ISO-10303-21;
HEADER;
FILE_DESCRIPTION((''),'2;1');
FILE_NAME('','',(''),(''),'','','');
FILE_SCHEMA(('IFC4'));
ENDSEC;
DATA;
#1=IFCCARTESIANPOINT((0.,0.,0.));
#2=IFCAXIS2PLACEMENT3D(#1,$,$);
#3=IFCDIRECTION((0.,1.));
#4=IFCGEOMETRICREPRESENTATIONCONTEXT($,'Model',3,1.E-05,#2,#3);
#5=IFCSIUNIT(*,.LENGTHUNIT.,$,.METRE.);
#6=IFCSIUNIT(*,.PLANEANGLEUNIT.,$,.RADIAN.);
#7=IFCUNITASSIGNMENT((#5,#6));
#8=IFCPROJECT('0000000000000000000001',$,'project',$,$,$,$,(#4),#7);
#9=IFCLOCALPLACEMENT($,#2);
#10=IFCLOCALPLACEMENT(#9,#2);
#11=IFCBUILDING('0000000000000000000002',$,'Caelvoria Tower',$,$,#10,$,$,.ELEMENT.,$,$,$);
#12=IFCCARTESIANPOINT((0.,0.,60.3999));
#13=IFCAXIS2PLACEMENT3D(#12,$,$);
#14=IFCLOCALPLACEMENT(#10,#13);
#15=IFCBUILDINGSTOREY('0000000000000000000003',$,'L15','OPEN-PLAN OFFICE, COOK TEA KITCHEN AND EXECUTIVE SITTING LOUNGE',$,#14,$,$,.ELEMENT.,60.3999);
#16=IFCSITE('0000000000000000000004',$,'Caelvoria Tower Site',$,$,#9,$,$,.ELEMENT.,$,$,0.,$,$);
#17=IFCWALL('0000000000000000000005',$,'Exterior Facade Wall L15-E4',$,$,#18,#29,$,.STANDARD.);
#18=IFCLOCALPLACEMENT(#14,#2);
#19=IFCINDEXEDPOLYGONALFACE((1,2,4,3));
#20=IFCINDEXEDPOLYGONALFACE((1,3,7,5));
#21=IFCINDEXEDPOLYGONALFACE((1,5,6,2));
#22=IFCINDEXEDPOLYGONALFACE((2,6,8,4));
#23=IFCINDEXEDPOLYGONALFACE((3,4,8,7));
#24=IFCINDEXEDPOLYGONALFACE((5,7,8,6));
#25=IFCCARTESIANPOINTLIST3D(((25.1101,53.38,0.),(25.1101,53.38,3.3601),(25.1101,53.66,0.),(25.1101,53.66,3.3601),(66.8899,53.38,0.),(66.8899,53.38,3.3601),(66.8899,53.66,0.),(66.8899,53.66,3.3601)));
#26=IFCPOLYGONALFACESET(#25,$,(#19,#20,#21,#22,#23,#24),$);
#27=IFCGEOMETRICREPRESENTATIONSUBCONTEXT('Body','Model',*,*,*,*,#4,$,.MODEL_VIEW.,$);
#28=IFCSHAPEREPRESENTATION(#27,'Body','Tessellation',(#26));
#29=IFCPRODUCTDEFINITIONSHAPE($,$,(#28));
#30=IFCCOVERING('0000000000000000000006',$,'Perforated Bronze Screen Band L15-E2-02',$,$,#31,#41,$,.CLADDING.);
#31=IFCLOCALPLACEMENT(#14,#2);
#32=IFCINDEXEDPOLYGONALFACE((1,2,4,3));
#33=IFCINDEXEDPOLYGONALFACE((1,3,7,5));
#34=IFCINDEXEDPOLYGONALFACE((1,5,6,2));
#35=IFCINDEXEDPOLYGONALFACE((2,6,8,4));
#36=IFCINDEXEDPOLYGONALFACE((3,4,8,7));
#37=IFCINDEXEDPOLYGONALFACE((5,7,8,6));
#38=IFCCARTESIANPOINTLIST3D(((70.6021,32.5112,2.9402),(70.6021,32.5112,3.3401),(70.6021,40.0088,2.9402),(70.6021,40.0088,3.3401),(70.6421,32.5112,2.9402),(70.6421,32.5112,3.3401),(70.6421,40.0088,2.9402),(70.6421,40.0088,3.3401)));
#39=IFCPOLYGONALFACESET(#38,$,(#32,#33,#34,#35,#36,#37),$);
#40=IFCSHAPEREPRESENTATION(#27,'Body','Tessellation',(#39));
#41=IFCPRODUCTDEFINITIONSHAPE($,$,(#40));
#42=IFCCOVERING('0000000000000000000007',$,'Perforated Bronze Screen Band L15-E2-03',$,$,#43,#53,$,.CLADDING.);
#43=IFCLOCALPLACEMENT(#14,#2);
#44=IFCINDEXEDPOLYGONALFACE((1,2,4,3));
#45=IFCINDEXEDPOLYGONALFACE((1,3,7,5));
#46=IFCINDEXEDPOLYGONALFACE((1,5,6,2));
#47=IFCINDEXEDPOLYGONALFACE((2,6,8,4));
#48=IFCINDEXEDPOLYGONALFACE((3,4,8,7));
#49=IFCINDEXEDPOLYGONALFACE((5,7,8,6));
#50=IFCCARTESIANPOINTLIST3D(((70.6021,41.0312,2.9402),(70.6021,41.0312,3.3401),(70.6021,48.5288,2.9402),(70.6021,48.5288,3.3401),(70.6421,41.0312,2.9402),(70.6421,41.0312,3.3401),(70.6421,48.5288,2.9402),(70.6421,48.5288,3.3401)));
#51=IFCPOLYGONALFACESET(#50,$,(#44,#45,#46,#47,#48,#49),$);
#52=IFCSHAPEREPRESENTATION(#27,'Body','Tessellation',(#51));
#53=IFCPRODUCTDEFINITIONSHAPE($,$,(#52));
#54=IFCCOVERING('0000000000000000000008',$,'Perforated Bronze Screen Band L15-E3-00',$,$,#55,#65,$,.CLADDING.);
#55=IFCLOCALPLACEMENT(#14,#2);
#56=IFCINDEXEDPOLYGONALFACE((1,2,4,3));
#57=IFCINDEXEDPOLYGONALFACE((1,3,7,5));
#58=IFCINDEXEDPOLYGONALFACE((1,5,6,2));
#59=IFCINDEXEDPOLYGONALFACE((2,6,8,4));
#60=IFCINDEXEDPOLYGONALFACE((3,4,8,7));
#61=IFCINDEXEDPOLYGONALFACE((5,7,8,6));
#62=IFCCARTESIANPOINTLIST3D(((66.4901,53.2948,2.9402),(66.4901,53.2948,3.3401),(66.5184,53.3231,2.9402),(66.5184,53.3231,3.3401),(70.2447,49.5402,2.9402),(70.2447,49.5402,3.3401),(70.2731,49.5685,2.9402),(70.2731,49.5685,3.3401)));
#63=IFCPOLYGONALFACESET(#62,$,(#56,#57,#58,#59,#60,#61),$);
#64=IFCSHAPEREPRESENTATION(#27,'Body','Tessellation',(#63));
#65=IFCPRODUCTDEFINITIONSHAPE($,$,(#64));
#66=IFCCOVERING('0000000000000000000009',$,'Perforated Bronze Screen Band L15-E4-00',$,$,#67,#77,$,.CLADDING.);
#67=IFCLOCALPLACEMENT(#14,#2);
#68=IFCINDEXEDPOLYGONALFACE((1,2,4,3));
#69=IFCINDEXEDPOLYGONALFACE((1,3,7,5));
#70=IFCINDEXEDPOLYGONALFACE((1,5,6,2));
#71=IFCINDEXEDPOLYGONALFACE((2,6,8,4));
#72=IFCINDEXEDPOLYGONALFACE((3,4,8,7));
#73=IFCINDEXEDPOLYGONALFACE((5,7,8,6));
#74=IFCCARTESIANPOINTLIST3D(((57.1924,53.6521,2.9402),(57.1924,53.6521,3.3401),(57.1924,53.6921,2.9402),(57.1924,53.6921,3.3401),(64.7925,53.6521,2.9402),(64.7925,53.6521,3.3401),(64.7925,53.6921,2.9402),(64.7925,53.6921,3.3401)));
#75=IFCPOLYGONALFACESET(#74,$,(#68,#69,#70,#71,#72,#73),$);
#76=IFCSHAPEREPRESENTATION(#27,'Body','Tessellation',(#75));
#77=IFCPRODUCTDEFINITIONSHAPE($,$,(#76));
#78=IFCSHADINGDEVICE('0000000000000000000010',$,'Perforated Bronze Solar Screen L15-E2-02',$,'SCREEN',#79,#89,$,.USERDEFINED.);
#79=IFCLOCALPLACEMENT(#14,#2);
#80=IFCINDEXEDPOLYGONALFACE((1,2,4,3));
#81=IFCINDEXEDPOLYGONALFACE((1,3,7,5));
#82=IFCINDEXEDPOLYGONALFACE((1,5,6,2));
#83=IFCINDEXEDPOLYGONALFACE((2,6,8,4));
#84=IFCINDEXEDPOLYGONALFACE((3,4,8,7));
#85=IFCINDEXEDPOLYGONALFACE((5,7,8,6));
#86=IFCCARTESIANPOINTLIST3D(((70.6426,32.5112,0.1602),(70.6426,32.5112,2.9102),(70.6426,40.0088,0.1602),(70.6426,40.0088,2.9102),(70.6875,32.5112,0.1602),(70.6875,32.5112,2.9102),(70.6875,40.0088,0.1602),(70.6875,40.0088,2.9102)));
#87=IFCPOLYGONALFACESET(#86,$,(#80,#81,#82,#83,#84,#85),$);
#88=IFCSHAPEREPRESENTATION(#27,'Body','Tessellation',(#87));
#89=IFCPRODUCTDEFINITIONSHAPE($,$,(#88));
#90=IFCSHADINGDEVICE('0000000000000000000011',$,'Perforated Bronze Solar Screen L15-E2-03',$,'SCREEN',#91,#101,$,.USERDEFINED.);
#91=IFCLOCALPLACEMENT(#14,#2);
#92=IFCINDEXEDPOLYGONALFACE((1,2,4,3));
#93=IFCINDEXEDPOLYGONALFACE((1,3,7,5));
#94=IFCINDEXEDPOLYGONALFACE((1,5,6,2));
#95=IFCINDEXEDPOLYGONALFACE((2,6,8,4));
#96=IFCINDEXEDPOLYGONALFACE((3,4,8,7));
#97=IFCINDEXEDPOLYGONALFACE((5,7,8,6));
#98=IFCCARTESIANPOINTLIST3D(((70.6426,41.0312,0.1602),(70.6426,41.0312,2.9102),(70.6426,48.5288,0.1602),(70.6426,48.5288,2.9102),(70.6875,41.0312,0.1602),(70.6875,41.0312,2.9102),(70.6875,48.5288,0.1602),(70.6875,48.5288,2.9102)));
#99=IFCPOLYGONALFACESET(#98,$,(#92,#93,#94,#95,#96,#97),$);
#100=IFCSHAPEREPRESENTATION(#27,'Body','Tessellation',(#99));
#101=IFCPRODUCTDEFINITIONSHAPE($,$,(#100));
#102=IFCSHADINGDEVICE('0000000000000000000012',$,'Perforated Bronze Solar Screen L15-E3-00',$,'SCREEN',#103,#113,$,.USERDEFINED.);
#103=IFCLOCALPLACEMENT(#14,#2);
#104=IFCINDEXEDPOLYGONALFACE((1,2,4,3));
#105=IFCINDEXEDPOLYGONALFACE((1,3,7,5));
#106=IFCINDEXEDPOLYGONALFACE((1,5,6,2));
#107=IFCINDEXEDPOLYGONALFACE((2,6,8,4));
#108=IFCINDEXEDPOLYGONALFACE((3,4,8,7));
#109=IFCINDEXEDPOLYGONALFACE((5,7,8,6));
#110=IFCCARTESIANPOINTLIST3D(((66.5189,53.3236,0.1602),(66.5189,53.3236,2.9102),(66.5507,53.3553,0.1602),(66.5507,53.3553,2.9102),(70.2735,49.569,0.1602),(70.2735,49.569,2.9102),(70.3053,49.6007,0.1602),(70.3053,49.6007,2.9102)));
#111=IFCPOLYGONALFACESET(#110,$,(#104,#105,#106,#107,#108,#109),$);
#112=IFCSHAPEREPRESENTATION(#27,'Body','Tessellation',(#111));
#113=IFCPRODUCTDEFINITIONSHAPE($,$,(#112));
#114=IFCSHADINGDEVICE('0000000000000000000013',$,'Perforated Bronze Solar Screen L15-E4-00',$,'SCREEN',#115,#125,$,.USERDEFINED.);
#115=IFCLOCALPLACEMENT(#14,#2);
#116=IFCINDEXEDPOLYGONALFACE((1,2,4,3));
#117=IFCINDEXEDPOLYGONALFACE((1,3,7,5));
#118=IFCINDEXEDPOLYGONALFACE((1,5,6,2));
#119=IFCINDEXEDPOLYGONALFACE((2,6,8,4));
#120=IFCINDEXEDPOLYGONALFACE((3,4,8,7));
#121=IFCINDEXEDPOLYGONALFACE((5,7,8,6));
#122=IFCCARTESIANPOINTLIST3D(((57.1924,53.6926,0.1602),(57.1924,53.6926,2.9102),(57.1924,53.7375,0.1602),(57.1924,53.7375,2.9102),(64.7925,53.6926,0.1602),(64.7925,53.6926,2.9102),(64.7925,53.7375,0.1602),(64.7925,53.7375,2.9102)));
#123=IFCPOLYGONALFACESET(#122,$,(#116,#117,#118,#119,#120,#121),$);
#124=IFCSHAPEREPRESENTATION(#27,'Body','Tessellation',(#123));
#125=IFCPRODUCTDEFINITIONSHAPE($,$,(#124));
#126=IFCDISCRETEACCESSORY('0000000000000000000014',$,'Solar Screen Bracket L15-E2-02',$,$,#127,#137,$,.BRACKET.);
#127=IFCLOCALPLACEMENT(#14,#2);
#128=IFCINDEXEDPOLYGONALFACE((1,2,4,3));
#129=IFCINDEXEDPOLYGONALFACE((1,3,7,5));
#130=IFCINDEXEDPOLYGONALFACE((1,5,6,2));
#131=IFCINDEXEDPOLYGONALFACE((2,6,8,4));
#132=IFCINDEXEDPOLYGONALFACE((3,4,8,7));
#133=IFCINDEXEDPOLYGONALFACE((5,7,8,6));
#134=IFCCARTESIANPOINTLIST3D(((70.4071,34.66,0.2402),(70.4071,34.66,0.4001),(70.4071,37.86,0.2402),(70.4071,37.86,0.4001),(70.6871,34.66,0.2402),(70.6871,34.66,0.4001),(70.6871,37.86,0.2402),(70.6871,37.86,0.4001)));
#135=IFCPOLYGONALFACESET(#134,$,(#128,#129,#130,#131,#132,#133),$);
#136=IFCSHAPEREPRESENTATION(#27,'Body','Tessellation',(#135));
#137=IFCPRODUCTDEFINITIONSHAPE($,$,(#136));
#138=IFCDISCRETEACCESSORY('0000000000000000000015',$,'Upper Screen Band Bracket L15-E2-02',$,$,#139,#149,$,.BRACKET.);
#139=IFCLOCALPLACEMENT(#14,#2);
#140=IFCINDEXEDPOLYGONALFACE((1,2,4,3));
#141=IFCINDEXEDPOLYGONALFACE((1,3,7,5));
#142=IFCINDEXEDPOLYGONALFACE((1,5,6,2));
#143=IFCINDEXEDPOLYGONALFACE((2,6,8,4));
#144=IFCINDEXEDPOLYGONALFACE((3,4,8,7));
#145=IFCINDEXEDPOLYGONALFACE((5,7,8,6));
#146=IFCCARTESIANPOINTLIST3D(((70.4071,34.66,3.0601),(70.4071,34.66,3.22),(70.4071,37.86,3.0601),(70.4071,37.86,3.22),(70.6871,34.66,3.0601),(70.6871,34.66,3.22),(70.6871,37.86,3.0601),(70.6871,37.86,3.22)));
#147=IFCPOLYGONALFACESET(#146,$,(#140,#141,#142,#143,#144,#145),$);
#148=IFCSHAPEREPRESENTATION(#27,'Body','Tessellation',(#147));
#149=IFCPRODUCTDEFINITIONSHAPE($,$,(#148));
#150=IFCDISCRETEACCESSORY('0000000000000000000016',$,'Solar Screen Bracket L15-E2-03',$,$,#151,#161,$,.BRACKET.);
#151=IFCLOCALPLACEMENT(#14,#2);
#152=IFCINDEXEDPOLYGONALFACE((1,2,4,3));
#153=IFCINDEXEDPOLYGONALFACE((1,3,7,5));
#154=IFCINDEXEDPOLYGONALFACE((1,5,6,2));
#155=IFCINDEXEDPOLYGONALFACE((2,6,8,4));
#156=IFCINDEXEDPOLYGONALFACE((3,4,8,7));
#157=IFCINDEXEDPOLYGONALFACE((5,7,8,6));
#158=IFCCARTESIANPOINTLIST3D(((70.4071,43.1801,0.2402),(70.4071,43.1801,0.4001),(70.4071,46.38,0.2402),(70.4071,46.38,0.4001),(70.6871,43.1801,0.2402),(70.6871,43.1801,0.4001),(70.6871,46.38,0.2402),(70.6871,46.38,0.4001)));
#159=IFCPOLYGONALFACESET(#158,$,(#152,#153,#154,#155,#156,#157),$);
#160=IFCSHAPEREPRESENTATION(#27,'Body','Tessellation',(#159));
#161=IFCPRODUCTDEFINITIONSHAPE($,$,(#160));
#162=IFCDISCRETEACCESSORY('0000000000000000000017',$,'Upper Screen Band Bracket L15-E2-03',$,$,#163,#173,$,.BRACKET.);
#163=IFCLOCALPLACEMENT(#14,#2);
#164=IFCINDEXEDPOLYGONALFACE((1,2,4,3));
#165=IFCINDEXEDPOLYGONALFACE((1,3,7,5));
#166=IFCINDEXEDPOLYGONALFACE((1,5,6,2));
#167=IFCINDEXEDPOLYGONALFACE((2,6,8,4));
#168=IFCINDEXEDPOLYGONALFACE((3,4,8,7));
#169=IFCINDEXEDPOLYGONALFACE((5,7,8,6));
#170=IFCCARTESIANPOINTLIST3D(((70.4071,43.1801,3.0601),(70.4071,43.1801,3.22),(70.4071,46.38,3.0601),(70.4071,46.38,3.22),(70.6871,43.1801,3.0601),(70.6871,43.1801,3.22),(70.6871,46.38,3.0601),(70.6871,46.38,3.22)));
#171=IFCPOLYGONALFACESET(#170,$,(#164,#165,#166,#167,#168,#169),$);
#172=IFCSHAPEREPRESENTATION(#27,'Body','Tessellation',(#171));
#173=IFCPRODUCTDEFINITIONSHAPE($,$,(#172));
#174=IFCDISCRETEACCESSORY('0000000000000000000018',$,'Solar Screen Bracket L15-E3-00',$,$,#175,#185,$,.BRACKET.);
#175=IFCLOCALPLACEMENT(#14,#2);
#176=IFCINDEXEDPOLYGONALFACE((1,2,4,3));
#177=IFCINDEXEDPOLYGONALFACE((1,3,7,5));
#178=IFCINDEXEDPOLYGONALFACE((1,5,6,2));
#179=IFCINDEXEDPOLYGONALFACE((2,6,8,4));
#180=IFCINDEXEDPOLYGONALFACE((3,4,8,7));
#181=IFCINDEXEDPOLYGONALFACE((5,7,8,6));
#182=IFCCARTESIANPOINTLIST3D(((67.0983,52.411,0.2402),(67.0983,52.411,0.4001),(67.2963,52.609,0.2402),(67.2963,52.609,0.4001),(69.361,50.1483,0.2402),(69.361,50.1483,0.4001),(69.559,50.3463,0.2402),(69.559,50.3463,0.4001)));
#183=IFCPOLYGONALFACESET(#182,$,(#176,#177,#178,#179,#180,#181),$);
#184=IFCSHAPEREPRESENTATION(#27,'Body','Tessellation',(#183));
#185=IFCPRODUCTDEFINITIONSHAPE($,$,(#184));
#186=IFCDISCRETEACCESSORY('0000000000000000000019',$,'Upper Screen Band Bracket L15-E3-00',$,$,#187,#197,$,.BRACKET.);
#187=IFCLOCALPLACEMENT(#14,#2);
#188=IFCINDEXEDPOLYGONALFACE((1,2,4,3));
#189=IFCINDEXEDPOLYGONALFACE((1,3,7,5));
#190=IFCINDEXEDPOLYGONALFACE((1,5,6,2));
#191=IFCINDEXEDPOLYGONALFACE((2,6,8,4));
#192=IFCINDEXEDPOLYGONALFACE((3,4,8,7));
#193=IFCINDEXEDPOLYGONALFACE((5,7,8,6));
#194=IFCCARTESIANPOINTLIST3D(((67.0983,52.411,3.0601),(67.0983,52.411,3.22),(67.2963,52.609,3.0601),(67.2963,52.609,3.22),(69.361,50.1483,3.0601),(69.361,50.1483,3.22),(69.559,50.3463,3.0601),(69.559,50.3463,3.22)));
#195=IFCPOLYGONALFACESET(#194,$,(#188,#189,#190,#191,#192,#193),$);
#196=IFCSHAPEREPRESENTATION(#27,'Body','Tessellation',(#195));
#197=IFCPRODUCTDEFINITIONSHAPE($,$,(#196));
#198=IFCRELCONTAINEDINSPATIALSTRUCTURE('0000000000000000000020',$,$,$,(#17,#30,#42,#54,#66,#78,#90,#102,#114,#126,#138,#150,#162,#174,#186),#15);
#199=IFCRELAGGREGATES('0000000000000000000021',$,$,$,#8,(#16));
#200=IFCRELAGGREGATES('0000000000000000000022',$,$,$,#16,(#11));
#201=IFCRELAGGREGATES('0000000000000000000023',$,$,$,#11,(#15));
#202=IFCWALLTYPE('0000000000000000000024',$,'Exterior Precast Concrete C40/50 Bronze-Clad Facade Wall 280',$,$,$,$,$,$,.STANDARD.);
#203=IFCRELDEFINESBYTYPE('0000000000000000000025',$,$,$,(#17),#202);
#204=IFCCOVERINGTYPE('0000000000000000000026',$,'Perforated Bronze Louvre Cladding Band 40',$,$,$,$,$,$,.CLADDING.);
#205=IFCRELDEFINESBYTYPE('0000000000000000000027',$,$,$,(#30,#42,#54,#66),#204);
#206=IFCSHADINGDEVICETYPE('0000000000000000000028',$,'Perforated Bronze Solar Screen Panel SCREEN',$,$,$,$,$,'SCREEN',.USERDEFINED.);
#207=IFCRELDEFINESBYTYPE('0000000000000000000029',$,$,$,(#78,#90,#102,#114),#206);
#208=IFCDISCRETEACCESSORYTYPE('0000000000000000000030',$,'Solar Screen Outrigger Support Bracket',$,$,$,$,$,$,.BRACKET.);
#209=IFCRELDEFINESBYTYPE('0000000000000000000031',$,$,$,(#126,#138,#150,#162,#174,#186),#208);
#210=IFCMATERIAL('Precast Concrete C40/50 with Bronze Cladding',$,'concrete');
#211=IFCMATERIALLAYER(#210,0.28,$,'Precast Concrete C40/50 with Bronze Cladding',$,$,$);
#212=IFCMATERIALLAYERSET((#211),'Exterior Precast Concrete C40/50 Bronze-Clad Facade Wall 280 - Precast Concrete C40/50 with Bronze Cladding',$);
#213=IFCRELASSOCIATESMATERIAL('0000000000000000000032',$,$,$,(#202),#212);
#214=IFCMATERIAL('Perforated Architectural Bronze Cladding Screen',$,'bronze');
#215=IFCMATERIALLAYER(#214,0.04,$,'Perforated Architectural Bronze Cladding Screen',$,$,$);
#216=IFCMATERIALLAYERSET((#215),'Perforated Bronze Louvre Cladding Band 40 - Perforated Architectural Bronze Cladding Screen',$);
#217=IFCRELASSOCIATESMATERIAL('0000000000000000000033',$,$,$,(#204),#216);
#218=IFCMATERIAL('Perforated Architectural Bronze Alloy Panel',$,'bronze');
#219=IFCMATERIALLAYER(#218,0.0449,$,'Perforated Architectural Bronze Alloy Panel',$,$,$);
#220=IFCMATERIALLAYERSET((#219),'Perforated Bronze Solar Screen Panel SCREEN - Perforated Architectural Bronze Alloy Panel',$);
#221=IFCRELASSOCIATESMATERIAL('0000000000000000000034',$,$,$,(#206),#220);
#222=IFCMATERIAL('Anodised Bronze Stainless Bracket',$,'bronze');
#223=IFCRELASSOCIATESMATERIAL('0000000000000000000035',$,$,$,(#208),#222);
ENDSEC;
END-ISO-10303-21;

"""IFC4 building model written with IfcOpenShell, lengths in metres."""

from ifc_helpers import new_model, si_unit, direction, frame, frame_2d, origin, origin_2d, place, context, subcontext, project, spatial, rectangle, extrude, material, layer, layer_set, type_object, element, save


model = new_model("IFC4")

# Units and contexts
model_context = context("Model", 3, precision=1e-05, world=origin(), true_north=direction((0.0, 1.0)))
body_context = subcontext(model_context, "Body", "Model", "MODEL_VIEW")
ifc_project = project(units=[si_unit("LENGTHUNIT", "METRE"), si_unit("PLANEANGLEUNIT", "RADIAN")], contexts=[model_context])

# Site, building, storey
site_placement = place(None, origin())
site = spatial("IfcSite", under=ifc_project, at=site_placement, Name="Caelvoria Tower Site", CompositionType="ELEMENT", RefElevation=0.0)
building_placement = place(site_placement, origin())
building = spatial("IfcBuilding", under=site, at=building_placement, Name="Caelvoria Tower", CompositionType="ELEMENT")
storey_placement = place(building_placement, frame((0.0, 0.0, 60.3999)))
storey = spatial("IfcBuildingStorey", under=building, at=storey_placement, Name="L15", Description="OPEN-PLAN OFFICE, COOK TEA KITCHEN AND EXECUTIVE SITTING LOUNGE", CompositionType="ELEMENT", Elevation=60.3999)

# Wall
ifc_material_1 = material(Name="Precast Concrete C40/50 with Bronze Cladding", Category="concrete")
ifc_layer_1 = layer(ifc_material_1, 0.28, Name="Precast Concrete C40/50 with Bronze Cladding")
ifc_layer_set_1 = layer_set([ifc_layer_1], Name="Exterior Precast Concrete C40/50 Bronze-Clad Facade Wall 280 - Precast Concrete C40/50 with Bronze Cladding")
wall_type = type_object("IfcWallType", Name="Exterior Precast Concrete C40/50 Bronze-Clad Facade Wall 280", PredefinedType="STANDARD", material=ifc_layer_set_1)
wall_1_placement = place(storey_placement, frame((66.8899, 53.52, 0.0), z_axis=(0.0, 0.0, 1.0), x_axis=(-1.0, 0.0, 0.0)))
element("IfcWall", 1, at=wall_1_placement, inside=storey, type_object=wall_type, Name="Exterior Facade Wall L15-E4", PredefinedType="STANDARD", context=body_context, shape_type="SweptSolid", body=[
    extrude(rectangle(XDim=41.7798, YDim=0.28, at=frame_2d((20.8899, 0.0))), origin(), (0.0, 0.0, 1.0), 3.3601),
])

# Coverings
ifc_material_2 = material(Name="Perforated Architectural Bronze Cladding Screen", Category="bronze")
ifc_layer_2 = layer(ifc_material_2, 0.04, Name="Perforated Architectural Bronze Cladding Screen")
ifc_layer_set_2 = layer_set([ifc_layer_2], Name="Perforated Bronze Louvre Cladding Band 40 - Perforated Architectural Bronze Cladding Screen")
covering_type = type_object("IfcCoveringType", Name="Perforated Bronze Louvre Cladding Band 40", PredefinedType="CLADDING", material=ifc_layer_set_2)
for number, where, z_axis, x_axis, name in (
    (2, (70.6221, 36.26, 2.9402), (0.0, 0.0, 1.0), (0.0, 1.0, 0.0), "Perforated Bronze Screen Band L15-E2-02"),
    (3, (70.6221, 44.78, 2.9402), (0.0, 0.0, 1.0), (0.0, 1.0, 0.0), "Perforated Bronze Screen Band L15-E2-03"),
):
    element("IfcCovering", number, at=place(storey_placement, frame(where, z_axis=z_axis, x_axis=x_axis)), inside=storey, type_object=covering_type, Name=name, PredefinedType="CLADDING", context=body_context, shape_type="SweptSolid", body=[
        extrude(rectangle(XDim=7.4976, YDim=0.04, at=origin_2d()), origin(), (0.0, 0.0, 1.0), 0.3999),
    ])
covering_1_placement = place(storey_placement, frame((68.3816, 51.4316, 2.9402), z_axis=(0.0, 0.0, 1.0), x_axis=(-0.707107, 0.707107, 0.0)))
element("IfcCovering", 4, at=covering_1_placement, inside=storey, type_object=covering_type, Name="Perforated Bronze Screen Band L15-E3-00", PredefinedType="CLADDING", context=body_context, shape_type="SweptSolid", body=[
    extrude(rectangle(XDim=5.3098, YDim=0.04, at=origin_2d()), origin(), (0.0, 0.0, 1.0), 0.3999),
])
covering_2_placement = place(storey_placement, frame((60.9924, 53.6721, 2.9402), z_axis=(0.0, 0.0, 1.0), x_axis=(-1.0, 0.0, 0.0)))
element("IfcCovering", 5, at=covering_2_placement, inside=storey, type_object=covering_type, Name="Perforated Bronze Screen Band L15-E4-00", PredefinedType="CLADDING", context=body_context, shape_type="SweptSolid", body=[
    extrude(rectangle(XDim=7.6001, YDim=0.04, at=origin_2d()), origin(), (0.0, 0.0, 1.0), 0.3999),
])

# Shading devices
ifc_material_3 = material(Name="Perforated Architectural Bronze Alloy Panel", Category="bronze")
ifc_layer_3 = layer(ifc_material_3, 0.0449, Name="Perforated Architectural Bronze Alloy Panel")
ifc_layer_set_3 = layer_set([ifc_layer_3], Name="Perforated Bronze Solar Screen Panel SCREEN - Perforated Architectural Bronze Alloy Panel")
shading_device_type = type_object("IfcShadingDeviceType", Name="Perforated Bronze Solar Screen Panel SCREEN", ElementType="SCREEN", PredefinedType="USERDEFINED", material=ifc_layer_set_3)
for number, where, z_axis, x_axis, name in (
    (6, (70.665, 36.26, 0.1602), (0.0, 0.0, 1.0), (0.0, 1.0, 0.0), "Perforated Bronze Solar Screen L15-E2-02"),
    (7, (70.665, 44.78, 0.1602), (0.0, 0.0, 1.0), (0.0, 1.0, 0.0), "Perforated Bronze Solar Screen L15-E2-03"),
):
    element("IfcShadingDevice", number, at=place(storey_placement, frame(where, z_axis=z_axis, x_axis=x_axis)), inside=storey, type_object=shading_device_type, Name=name, ObjectType="SCREEN", PredefinedType="USERDEFINED", context=body_context, shape_type="SweptSolid", body=[
        extrude(rectangle(XDim=7.4976, YDim=0.0449, at=origin_2d()), origin(), (0.0, 0.0, 1.0), 2.75),
    ])
shading_device_1_placement = place(storey_placement, frame((68.4121, 51.4622, 0.1602), z_axis=(0.0, 0.0, 1.0), x_axis=(-0.707107, 0.707107, 0.0)))
element("IfcShadingDevice", 8, at=shading_device_1_placement, inside=storey, type_object=shading_device_type, Name="Perforated Bronze Solar Screen L15-E3-00", ObjectType="SCREEN", PredefinedType="USERDEFINED", context=body_context, shape_type="SweptSolid", body=[
    extrude(rectangle(XDim=5.3098, YDim=0.0449, at=origin_2d()), origin(), (0.0, 0.0, 1.0), 2.75),
])
shading_device_2_placement = place(storey_placement, frame((60.9924, 53.7151, 0.1602), z_axis=(0.0, 0.0, 1.0), x_axis=(-1.0, 0.0, 0.0)))
element("IfcShadingDevice", 9, at=shading_device_2_placement, inside=storey, type_object=shading_device_type, Name="Perforated Bronze Solar Screen L15-E4-00", ObjectType="SCREEN", PredefinedType="USERDEFINED", context=body_context, shape_type="SweptSolid", body=[
    extrude(rectangle(XDim=7.6001, YDim=0.0449, at=origin_2d()), origin(), (0.0, 0.0, 1.0), 2.75),
])

# Discrete accessories
ifc_material_4 = material(Name="Anodised Bronze Stainless Bracket", Category="bronze")
discrete_accessory_type = type_object("IfcDiscreteAccessoryType", Name="Solar Screen Outrigger Support Bracket", PredefinedType="BRACKET", material=ifc_material_4)
for number, where, z_axis, x_axis, name in (
    (10, (70.5471, 36.26, 0.2402), (0.0, 0.0, 1.0), (0.0, 1.0, 0.0), "Solar Screen Bracket L15-E2-02"),
    (11, (70.5471, 36.26, 3.0601), (0.0, 0.0, 1.0), (0.0, 1.0, 0.0), "Upper Screen Band Bracket L15-E2-02"),
    (12, (70.5471, 44.78, 0.2402), (0.0, 0.0, 1.0), (0.0, 1.0, 0.0), "Solar Screen Bracket L15-E2-03"),
    (13, (70.5471, 44.78, 3.0601), (0.0, 0.0, 1.0), (0.0, 1.0, 0.0), "Upper Screen Band Bracket L15-E2-03"),
    (14, (68.3286, 51.3787, 0.2402), (0.0, 0.0, 1.0), (-0.707107, 0.707107, 0.0), "Solar Screen Bracket L15-E3-00"),
    (15, (68.3286, 51.3787, 3.0601), (0.0, 0.0, 1.0), (-0.707107, 0.707107, 0.0), "Upper Screen Band Bracket L15-E3-00"),
):
    element("IfcDiscreteAccessory", number, at=place(storey_placement, frame(where, z_axis=z_axis, x_axis=x_axis)), inside=storey, type_object=discrete_accessory_type, Name=name, PredefinedType="BRACKET", context=body_context, shape_type="SweptSolid", body=[
        extrude(rectangle(XDim=3.2, YDim=0.28, at=origin_2d()), origin(), (0.0, 0.0, 1.0), 0.1599),
    ])

save(model, "model.ifc")
